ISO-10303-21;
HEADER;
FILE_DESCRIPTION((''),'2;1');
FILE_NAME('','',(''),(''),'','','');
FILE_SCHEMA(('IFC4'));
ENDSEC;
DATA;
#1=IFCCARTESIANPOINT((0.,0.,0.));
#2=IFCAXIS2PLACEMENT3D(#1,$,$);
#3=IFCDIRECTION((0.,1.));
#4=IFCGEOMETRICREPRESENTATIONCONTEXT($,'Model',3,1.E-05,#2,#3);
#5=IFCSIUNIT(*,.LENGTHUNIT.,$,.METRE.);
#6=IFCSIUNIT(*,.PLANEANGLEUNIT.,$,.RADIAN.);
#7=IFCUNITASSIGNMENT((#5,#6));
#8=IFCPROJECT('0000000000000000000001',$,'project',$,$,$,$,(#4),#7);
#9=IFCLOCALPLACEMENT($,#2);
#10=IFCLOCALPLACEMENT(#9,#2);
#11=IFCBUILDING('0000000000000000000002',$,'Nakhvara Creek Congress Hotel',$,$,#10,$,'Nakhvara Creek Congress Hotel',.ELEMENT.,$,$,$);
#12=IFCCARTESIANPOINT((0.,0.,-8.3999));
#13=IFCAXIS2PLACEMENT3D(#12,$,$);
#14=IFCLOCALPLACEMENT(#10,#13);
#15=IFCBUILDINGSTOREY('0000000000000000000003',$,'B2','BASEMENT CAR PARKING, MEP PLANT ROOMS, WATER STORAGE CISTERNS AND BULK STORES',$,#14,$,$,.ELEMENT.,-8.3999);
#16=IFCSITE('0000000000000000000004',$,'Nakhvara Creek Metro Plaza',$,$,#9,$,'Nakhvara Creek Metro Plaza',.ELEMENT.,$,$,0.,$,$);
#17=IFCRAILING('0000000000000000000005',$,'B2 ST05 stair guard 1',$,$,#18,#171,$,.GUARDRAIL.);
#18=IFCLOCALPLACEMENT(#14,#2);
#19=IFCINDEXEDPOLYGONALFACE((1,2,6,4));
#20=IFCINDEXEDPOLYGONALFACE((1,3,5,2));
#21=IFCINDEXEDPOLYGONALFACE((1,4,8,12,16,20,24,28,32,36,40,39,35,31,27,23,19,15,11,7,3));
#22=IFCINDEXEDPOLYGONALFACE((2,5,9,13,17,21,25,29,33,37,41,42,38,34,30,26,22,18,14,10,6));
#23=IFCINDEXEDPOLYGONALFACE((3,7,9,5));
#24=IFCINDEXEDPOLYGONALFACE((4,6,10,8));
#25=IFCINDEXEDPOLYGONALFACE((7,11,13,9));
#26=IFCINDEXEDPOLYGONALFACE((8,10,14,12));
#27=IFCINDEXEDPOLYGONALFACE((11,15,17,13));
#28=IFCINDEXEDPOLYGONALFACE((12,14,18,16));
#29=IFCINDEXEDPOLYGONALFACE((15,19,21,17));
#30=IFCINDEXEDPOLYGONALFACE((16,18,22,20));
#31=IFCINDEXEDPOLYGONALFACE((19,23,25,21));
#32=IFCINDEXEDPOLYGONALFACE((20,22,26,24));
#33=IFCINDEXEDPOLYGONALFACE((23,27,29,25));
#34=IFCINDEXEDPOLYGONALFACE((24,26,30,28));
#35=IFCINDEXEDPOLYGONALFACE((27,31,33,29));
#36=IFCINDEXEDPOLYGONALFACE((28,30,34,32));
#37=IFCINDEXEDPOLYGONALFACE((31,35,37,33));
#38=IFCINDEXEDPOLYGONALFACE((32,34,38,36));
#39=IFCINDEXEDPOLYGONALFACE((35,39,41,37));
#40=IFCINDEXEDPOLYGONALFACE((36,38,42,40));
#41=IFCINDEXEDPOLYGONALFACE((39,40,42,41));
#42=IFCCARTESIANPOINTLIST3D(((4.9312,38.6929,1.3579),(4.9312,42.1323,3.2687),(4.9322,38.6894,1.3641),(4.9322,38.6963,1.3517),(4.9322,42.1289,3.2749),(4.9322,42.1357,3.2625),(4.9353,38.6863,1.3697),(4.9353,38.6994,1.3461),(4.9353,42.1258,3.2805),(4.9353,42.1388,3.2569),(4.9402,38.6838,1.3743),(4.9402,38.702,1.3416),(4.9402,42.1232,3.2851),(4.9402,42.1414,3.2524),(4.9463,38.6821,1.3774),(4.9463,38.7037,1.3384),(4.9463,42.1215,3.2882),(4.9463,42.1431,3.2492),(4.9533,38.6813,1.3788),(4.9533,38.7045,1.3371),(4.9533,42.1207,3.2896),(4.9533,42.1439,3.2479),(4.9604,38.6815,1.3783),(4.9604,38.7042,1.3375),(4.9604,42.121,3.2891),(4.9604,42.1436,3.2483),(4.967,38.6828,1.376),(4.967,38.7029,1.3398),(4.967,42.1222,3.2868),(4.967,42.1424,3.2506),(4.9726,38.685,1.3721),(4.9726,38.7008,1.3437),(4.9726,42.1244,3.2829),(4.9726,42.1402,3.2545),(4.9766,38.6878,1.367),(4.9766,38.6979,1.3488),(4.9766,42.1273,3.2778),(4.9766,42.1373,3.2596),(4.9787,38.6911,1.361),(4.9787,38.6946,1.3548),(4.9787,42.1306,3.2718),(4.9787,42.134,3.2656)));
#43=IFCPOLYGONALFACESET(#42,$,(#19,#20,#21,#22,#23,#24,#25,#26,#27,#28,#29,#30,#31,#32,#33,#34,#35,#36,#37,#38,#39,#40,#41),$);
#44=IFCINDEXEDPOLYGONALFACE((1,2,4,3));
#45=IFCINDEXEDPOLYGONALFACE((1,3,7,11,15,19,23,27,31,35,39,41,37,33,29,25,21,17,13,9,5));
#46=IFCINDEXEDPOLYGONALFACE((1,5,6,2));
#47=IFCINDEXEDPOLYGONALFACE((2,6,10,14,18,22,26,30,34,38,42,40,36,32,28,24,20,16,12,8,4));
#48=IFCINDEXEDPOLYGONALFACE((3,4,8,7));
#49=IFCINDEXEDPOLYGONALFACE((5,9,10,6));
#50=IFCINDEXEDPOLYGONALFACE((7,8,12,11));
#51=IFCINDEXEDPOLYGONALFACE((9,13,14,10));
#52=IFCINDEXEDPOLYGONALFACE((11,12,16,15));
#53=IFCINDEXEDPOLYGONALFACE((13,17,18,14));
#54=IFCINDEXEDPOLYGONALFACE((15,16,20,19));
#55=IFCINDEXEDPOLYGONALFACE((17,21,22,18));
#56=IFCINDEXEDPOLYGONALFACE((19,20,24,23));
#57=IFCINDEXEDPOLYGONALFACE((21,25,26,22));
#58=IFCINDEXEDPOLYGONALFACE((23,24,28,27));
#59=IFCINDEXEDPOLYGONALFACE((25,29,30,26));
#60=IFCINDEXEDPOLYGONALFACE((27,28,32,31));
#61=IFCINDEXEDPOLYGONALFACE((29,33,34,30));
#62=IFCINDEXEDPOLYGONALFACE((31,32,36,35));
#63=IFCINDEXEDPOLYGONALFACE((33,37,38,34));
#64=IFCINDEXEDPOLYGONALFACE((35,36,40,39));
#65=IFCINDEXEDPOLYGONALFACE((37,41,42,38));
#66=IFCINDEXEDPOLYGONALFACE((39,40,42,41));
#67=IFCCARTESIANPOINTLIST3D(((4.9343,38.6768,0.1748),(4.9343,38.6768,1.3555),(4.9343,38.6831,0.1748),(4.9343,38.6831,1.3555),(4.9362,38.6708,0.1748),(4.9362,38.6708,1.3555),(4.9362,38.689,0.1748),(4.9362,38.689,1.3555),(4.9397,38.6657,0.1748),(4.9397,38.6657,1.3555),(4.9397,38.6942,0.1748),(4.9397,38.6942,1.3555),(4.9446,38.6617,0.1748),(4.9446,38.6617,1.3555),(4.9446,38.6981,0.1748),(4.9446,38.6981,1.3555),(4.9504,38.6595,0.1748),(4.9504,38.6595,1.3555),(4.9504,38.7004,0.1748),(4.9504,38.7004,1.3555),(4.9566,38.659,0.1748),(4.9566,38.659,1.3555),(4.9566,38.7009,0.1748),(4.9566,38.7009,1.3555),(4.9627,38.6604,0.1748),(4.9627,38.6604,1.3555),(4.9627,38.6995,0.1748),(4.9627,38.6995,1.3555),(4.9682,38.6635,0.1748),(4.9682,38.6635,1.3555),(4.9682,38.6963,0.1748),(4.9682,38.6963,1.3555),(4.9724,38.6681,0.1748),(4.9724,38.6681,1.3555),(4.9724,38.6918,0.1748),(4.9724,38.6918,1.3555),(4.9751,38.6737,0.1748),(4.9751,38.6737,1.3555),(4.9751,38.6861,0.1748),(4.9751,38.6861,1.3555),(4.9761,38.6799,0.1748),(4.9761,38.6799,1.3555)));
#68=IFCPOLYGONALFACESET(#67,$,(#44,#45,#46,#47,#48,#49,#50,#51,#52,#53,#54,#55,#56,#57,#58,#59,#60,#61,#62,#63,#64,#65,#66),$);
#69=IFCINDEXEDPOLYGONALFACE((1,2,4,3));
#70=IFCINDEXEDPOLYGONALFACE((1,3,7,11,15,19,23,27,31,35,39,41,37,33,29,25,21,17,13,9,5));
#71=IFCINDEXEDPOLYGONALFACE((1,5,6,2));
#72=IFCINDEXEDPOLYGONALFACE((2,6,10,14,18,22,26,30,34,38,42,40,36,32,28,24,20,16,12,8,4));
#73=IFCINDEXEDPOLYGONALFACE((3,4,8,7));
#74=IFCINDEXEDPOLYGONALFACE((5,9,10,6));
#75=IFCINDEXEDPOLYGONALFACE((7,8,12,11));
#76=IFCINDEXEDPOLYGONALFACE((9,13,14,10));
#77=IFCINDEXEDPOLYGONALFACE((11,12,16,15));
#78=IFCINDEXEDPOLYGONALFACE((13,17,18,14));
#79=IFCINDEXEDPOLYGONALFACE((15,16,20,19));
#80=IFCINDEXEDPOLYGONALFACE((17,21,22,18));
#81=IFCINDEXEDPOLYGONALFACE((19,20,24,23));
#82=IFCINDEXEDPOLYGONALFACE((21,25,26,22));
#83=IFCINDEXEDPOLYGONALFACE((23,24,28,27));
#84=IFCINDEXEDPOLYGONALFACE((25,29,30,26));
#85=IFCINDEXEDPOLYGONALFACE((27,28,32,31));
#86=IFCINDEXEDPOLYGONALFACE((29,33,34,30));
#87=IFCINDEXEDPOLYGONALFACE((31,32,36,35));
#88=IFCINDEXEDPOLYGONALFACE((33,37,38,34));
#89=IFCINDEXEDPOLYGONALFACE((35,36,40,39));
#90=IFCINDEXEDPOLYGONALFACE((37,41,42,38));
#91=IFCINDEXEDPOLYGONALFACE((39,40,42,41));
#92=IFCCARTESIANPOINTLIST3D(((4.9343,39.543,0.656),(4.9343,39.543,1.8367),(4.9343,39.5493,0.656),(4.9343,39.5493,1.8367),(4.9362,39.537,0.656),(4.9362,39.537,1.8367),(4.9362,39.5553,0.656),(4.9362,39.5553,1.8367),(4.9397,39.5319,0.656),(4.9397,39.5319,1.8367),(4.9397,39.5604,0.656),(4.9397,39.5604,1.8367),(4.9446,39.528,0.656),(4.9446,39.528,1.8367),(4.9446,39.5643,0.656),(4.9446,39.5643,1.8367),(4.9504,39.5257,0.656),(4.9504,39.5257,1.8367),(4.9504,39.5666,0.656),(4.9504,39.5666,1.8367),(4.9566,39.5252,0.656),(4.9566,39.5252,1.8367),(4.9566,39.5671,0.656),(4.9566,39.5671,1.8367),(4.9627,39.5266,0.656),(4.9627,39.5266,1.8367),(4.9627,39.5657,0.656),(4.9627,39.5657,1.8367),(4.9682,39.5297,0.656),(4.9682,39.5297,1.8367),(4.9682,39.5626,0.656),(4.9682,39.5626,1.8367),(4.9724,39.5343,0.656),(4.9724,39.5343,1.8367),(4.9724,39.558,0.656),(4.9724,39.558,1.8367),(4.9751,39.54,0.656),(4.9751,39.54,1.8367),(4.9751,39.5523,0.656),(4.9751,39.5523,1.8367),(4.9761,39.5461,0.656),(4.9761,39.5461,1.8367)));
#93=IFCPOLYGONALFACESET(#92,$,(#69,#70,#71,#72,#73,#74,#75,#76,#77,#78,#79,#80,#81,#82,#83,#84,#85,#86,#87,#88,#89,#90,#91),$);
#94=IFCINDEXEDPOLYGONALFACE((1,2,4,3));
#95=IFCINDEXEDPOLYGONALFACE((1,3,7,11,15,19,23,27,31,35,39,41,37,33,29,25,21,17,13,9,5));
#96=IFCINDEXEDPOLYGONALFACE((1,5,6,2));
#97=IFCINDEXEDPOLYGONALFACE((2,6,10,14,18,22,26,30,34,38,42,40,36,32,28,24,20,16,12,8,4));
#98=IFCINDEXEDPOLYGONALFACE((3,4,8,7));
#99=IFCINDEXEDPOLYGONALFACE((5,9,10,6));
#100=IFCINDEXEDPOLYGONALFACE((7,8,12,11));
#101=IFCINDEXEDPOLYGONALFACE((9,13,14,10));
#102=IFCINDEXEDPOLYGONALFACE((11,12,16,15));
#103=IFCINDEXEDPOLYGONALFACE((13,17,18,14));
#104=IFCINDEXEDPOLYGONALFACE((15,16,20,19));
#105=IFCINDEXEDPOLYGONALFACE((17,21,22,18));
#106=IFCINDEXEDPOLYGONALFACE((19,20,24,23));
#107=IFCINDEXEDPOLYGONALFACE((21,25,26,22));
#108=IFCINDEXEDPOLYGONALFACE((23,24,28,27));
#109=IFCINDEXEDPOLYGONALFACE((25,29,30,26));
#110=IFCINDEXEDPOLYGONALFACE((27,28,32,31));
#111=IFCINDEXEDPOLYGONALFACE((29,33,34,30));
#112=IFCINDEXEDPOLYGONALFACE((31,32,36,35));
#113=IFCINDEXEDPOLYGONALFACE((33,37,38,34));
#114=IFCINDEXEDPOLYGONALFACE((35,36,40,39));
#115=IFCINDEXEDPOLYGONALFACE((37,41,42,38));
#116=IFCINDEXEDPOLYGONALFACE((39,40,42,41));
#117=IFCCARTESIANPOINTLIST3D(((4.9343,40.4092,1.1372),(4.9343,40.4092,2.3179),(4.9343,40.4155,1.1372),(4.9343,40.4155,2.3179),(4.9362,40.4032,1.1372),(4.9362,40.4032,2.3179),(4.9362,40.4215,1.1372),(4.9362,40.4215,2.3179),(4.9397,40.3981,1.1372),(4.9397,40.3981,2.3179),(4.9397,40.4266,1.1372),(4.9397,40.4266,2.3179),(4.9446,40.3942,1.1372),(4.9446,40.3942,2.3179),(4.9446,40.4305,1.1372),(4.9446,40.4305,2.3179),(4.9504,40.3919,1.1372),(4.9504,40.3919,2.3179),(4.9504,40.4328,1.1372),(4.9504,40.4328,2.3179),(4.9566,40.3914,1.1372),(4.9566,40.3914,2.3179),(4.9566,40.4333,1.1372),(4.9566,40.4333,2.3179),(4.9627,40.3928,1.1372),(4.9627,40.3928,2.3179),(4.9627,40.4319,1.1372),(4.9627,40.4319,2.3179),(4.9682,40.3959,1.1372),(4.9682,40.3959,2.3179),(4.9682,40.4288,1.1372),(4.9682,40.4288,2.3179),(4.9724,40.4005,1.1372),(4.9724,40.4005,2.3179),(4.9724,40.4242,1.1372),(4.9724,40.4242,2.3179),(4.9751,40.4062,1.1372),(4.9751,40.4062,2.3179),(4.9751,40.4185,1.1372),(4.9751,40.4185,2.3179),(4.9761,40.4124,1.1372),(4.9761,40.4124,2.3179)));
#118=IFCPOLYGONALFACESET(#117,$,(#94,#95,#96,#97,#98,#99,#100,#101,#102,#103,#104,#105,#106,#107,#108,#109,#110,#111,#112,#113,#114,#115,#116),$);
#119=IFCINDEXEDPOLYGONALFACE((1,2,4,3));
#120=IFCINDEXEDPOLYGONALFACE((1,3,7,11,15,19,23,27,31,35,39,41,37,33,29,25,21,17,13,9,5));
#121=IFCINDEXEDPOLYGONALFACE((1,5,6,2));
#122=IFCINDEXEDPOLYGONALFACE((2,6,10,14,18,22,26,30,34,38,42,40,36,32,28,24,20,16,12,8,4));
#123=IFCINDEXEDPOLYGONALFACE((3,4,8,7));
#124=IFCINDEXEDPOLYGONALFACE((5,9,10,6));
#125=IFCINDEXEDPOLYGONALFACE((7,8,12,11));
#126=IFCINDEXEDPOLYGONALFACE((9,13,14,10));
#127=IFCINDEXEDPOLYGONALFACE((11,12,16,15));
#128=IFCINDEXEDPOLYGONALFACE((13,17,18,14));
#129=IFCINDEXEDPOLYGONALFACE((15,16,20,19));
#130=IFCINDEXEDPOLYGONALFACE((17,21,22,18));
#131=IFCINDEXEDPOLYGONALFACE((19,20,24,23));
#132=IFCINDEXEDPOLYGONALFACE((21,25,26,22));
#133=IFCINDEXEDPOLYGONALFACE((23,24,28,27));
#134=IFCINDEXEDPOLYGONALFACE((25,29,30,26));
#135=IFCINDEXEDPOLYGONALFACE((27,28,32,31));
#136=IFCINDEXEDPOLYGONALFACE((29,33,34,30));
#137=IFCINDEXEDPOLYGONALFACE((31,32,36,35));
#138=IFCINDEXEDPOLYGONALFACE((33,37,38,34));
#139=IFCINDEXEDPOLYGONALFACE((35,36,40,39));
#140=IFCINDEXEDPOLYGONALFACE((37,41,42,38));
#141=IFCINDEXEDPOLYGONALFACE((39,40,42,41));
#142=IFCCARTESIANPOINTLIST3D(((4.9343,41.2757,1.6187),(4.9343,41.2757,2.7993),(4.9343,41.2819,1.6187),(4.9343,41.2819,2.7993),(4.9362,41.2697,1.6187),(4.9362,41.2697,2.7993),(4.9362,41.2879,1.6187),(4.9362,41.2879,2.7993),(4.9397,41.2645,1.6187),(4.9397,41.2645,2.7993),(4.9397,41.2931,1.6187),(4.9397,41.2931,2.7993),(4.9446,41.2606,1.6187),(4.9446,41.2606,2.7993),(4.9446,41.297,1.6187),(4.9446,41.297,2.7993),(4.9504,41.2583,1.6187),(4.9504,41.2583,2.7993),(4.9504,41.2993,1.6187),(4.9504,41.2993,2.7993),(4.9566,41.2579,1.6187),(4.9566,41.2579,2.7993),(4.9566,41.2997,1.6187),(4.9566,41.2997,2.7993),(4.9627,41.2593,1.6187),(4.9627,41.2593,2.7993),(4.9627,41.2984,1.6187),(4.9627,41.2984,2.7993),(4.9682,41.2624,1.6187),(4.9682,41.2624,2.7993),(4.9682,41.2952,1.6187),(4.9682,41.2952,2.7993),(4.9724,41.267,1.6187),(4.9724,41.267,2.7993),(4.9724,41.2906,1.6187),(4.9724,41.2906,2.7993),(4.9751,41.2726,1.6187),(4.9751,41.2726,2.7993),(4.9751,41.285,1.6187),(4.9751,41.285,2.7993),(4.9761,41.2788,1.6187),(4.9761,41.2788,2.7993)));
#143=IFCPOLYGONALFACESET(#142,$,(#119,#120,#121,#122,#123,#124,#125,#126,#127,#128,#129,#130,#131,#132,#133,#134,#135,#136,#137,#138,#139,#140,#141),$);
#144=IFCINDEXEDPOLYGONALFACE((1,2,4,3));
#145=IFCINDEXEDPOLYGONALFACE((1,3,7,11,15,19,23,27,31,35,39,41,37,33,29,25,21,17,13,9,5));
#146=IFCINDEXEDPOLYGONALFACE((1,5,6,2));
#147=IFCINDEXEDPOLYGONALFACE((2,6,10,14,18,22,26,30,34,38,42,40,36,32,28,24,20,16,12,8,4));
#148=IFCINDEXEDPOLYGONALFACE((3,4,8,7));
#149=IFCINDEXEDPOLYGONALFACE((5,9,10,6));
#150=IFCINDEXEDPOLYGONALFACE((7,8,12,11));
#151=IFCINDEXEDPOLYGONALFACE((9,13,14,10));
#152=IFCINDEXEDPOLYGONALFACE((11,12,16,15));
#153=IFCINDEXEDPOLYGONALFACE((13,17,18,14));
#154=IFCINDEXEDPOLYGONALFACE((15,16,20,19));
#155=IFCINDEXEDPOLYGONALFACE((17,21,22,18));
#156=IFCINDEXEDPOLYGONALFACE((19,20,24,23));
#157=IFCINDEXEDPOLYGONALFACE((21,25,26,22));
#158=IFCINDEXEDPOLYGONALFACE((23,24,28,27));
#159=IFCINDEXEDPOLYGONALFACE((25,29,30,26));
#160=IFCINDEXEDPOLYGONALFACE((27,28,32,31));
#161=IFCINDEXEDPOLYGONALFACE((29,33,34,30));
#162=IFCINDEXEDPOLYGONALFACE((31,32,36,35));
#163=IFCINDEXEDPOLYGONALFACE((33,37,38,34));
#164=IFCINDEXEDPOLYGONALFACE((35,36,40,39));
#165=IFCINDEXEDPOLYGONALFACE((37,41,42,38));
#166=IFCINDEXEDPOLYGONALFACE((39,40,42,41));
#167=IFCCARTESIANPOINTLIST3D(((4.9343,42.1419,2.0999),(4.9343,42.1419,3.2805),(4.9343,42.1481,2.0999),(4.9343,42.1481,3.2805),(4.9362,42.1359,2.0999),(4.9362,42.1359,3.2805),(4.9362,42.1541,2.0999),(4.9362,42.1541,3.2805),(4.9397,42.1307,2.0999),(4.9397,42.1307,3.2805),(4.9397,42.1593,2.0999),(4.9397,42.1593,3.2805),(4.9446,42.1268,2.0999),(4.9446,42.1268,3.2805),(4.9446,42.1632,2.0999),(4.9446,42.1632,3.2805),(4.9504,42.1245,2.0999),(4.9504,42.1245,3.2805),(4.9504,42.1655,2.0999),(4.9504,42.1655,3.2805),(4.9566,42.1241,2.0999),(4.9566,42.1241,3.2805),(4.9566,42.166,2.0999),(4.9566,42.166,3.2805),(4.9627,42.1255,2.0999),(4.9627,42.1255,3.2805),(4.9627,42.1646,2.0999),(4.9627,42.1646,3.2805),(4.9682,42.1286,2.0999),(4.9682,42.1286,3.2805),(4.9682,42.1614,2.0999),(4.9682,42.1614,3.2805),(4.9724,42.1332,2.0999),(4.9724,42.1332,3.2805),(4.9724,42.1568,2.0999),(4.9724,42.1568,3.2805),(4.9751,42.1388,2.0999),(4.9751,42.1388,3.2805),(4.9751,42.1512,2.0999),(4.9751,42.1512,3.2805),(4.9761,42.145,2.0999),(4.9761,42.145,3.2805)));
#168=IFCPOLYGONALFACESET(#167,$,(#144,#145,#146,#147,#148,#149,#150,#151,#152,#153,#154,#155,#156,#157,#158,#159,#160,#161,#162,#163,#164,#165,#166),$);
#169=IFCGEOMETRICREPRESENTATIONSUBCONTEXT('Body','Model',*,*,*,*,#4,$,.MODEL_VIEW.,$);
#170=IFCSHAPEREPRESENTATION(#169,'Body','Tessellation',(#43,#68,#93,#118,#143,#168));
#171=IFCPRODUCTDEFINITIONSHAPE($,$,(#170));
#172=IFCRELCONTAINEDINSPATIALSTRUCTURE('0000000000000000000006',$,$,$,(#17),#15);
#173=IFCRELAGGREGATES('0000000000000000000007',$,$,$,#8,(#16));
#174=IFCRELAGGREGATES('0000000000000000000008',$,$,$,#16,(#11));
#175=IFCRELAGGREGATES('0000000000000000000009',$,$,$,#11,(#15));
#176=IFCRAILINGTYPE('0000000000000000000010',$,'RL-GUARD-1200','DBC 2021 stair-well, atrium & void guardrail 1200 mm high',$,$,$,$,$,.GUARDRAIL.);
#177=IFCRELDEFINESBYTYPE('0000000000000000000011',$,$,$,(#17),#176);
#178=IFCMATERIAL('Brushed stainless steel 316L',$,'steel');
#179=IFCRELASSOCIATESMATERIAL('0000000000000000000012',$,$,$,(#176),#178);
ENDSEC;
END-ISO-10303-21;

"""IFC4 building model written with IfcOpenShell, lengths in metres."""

from ifc_helpers import new_model, si_unit, direction, frame, origin, origin_2d, place, context, subcontext, project, spatial, circle, extrude, material, type_object, element, save


model = new_model("IFC4")

# Units and contexts
model_context = context("Model", 3, precision=1e-05, world=origin(), true_north=direction((0.0, 1.0)))
body_context = subcontext(model_context, "Body", "Model", "MODEL_VIEW")
ifc_project = project(units=[si_unit("LENGTHUNIT", "METRE"), si_unit("PLANEANGLEUNIT", "RADIAN")], contexts=[model_context])

# Site, building, storey
site_placement = place(None, origin())
site = spatial("IfcSite", under=ifc_project, at=site_placement, Name="Nakhvara Creek Metro Plaza", LongName="Nakhvara Creek Metro Plaza", CompositionType="ELEMENT", RefElevation=0.0)
building_placement = place(site_placement, origin())
building = spatial("IfcBuilding", under=site, at=building_placement, Name="Nakhvara Creek Congress Hotel", LongName="Nakhvara Creek Congress Hotel", CompositionType="ELEMENT")
storey_placement = place(building_placement, frame((0.0, 0.0, -8.3999)))
storey = spatial("IfcBuildingStorey", under=building, at=storey_placement, Name="B2", Description="BASEMENT CAR PARKING, MEP PLANT ROOMS, WATER STORAGE CISTERNS AND BULK STORES", CompositionType="ELEMENT", Elevation=-8.3999)

# Railing
ifc_material_1 = material(Name="Brushed stainless steel 316L", Category="steel")
railing_type_1 = type_object("IfcRailingType", Name="RL-GUARD-1200", Description="DBC 2021 stair-well, atrium & void guardrail 1200 mm high", PredefinedType="GUARDRAIL", material=ifc_material_1)
railing_1_placement = place(storey_placement, frame((4.9551, 38.6799, 0.1748)))
element("IfcRailing", 1, at=railing_1_placement, inside=storey, type_object=railing_type_1, Name="B2 ST05 stair guard 1", PredefinedType="GUARDRAIL", context=body_context, shape_type="SweptSolid", body=[
    extrude(circle(Radius=0.0239, at=origin_2d()), frame((0.0, 0.0129, 1.1831), z_axis=(0.0, 0.874157, 0.485643), x_axis=(-1.0, 0.0, 0.0)), (0.0, 0.0, 1.0), 3.9346),
    extrude(circle(Radius=0.021, at=origin_2d()), origin(), (0.0, 0.0, 1.0), 1.1807),
    extrude(circle(Radius=0.021, at=origin_2d()), frame((0.0, 0.8662, 0.4812)), (0.0, 0.0, 1.0), 1.1807),
    extrude(circle(Radius=0.021, at=origin_2d()), frame((0.0, 1.7324, 0.9624)), (0.0, 0.0, 1.0), 1.1807),
    extrude(circle(Radius=0.021, at=origin_2d()), frame((0.0, 2.5989, 1.4438)), (0.0, 0.0, 1.0), 1.1807),
    extrude(circle(Radius=0.021, at=origin_2d()), frame((0.0, 3.4651, 1.925)), (0.0, 0.0, 1.0), 1.1807),
])

save(model, "model.ifc")
